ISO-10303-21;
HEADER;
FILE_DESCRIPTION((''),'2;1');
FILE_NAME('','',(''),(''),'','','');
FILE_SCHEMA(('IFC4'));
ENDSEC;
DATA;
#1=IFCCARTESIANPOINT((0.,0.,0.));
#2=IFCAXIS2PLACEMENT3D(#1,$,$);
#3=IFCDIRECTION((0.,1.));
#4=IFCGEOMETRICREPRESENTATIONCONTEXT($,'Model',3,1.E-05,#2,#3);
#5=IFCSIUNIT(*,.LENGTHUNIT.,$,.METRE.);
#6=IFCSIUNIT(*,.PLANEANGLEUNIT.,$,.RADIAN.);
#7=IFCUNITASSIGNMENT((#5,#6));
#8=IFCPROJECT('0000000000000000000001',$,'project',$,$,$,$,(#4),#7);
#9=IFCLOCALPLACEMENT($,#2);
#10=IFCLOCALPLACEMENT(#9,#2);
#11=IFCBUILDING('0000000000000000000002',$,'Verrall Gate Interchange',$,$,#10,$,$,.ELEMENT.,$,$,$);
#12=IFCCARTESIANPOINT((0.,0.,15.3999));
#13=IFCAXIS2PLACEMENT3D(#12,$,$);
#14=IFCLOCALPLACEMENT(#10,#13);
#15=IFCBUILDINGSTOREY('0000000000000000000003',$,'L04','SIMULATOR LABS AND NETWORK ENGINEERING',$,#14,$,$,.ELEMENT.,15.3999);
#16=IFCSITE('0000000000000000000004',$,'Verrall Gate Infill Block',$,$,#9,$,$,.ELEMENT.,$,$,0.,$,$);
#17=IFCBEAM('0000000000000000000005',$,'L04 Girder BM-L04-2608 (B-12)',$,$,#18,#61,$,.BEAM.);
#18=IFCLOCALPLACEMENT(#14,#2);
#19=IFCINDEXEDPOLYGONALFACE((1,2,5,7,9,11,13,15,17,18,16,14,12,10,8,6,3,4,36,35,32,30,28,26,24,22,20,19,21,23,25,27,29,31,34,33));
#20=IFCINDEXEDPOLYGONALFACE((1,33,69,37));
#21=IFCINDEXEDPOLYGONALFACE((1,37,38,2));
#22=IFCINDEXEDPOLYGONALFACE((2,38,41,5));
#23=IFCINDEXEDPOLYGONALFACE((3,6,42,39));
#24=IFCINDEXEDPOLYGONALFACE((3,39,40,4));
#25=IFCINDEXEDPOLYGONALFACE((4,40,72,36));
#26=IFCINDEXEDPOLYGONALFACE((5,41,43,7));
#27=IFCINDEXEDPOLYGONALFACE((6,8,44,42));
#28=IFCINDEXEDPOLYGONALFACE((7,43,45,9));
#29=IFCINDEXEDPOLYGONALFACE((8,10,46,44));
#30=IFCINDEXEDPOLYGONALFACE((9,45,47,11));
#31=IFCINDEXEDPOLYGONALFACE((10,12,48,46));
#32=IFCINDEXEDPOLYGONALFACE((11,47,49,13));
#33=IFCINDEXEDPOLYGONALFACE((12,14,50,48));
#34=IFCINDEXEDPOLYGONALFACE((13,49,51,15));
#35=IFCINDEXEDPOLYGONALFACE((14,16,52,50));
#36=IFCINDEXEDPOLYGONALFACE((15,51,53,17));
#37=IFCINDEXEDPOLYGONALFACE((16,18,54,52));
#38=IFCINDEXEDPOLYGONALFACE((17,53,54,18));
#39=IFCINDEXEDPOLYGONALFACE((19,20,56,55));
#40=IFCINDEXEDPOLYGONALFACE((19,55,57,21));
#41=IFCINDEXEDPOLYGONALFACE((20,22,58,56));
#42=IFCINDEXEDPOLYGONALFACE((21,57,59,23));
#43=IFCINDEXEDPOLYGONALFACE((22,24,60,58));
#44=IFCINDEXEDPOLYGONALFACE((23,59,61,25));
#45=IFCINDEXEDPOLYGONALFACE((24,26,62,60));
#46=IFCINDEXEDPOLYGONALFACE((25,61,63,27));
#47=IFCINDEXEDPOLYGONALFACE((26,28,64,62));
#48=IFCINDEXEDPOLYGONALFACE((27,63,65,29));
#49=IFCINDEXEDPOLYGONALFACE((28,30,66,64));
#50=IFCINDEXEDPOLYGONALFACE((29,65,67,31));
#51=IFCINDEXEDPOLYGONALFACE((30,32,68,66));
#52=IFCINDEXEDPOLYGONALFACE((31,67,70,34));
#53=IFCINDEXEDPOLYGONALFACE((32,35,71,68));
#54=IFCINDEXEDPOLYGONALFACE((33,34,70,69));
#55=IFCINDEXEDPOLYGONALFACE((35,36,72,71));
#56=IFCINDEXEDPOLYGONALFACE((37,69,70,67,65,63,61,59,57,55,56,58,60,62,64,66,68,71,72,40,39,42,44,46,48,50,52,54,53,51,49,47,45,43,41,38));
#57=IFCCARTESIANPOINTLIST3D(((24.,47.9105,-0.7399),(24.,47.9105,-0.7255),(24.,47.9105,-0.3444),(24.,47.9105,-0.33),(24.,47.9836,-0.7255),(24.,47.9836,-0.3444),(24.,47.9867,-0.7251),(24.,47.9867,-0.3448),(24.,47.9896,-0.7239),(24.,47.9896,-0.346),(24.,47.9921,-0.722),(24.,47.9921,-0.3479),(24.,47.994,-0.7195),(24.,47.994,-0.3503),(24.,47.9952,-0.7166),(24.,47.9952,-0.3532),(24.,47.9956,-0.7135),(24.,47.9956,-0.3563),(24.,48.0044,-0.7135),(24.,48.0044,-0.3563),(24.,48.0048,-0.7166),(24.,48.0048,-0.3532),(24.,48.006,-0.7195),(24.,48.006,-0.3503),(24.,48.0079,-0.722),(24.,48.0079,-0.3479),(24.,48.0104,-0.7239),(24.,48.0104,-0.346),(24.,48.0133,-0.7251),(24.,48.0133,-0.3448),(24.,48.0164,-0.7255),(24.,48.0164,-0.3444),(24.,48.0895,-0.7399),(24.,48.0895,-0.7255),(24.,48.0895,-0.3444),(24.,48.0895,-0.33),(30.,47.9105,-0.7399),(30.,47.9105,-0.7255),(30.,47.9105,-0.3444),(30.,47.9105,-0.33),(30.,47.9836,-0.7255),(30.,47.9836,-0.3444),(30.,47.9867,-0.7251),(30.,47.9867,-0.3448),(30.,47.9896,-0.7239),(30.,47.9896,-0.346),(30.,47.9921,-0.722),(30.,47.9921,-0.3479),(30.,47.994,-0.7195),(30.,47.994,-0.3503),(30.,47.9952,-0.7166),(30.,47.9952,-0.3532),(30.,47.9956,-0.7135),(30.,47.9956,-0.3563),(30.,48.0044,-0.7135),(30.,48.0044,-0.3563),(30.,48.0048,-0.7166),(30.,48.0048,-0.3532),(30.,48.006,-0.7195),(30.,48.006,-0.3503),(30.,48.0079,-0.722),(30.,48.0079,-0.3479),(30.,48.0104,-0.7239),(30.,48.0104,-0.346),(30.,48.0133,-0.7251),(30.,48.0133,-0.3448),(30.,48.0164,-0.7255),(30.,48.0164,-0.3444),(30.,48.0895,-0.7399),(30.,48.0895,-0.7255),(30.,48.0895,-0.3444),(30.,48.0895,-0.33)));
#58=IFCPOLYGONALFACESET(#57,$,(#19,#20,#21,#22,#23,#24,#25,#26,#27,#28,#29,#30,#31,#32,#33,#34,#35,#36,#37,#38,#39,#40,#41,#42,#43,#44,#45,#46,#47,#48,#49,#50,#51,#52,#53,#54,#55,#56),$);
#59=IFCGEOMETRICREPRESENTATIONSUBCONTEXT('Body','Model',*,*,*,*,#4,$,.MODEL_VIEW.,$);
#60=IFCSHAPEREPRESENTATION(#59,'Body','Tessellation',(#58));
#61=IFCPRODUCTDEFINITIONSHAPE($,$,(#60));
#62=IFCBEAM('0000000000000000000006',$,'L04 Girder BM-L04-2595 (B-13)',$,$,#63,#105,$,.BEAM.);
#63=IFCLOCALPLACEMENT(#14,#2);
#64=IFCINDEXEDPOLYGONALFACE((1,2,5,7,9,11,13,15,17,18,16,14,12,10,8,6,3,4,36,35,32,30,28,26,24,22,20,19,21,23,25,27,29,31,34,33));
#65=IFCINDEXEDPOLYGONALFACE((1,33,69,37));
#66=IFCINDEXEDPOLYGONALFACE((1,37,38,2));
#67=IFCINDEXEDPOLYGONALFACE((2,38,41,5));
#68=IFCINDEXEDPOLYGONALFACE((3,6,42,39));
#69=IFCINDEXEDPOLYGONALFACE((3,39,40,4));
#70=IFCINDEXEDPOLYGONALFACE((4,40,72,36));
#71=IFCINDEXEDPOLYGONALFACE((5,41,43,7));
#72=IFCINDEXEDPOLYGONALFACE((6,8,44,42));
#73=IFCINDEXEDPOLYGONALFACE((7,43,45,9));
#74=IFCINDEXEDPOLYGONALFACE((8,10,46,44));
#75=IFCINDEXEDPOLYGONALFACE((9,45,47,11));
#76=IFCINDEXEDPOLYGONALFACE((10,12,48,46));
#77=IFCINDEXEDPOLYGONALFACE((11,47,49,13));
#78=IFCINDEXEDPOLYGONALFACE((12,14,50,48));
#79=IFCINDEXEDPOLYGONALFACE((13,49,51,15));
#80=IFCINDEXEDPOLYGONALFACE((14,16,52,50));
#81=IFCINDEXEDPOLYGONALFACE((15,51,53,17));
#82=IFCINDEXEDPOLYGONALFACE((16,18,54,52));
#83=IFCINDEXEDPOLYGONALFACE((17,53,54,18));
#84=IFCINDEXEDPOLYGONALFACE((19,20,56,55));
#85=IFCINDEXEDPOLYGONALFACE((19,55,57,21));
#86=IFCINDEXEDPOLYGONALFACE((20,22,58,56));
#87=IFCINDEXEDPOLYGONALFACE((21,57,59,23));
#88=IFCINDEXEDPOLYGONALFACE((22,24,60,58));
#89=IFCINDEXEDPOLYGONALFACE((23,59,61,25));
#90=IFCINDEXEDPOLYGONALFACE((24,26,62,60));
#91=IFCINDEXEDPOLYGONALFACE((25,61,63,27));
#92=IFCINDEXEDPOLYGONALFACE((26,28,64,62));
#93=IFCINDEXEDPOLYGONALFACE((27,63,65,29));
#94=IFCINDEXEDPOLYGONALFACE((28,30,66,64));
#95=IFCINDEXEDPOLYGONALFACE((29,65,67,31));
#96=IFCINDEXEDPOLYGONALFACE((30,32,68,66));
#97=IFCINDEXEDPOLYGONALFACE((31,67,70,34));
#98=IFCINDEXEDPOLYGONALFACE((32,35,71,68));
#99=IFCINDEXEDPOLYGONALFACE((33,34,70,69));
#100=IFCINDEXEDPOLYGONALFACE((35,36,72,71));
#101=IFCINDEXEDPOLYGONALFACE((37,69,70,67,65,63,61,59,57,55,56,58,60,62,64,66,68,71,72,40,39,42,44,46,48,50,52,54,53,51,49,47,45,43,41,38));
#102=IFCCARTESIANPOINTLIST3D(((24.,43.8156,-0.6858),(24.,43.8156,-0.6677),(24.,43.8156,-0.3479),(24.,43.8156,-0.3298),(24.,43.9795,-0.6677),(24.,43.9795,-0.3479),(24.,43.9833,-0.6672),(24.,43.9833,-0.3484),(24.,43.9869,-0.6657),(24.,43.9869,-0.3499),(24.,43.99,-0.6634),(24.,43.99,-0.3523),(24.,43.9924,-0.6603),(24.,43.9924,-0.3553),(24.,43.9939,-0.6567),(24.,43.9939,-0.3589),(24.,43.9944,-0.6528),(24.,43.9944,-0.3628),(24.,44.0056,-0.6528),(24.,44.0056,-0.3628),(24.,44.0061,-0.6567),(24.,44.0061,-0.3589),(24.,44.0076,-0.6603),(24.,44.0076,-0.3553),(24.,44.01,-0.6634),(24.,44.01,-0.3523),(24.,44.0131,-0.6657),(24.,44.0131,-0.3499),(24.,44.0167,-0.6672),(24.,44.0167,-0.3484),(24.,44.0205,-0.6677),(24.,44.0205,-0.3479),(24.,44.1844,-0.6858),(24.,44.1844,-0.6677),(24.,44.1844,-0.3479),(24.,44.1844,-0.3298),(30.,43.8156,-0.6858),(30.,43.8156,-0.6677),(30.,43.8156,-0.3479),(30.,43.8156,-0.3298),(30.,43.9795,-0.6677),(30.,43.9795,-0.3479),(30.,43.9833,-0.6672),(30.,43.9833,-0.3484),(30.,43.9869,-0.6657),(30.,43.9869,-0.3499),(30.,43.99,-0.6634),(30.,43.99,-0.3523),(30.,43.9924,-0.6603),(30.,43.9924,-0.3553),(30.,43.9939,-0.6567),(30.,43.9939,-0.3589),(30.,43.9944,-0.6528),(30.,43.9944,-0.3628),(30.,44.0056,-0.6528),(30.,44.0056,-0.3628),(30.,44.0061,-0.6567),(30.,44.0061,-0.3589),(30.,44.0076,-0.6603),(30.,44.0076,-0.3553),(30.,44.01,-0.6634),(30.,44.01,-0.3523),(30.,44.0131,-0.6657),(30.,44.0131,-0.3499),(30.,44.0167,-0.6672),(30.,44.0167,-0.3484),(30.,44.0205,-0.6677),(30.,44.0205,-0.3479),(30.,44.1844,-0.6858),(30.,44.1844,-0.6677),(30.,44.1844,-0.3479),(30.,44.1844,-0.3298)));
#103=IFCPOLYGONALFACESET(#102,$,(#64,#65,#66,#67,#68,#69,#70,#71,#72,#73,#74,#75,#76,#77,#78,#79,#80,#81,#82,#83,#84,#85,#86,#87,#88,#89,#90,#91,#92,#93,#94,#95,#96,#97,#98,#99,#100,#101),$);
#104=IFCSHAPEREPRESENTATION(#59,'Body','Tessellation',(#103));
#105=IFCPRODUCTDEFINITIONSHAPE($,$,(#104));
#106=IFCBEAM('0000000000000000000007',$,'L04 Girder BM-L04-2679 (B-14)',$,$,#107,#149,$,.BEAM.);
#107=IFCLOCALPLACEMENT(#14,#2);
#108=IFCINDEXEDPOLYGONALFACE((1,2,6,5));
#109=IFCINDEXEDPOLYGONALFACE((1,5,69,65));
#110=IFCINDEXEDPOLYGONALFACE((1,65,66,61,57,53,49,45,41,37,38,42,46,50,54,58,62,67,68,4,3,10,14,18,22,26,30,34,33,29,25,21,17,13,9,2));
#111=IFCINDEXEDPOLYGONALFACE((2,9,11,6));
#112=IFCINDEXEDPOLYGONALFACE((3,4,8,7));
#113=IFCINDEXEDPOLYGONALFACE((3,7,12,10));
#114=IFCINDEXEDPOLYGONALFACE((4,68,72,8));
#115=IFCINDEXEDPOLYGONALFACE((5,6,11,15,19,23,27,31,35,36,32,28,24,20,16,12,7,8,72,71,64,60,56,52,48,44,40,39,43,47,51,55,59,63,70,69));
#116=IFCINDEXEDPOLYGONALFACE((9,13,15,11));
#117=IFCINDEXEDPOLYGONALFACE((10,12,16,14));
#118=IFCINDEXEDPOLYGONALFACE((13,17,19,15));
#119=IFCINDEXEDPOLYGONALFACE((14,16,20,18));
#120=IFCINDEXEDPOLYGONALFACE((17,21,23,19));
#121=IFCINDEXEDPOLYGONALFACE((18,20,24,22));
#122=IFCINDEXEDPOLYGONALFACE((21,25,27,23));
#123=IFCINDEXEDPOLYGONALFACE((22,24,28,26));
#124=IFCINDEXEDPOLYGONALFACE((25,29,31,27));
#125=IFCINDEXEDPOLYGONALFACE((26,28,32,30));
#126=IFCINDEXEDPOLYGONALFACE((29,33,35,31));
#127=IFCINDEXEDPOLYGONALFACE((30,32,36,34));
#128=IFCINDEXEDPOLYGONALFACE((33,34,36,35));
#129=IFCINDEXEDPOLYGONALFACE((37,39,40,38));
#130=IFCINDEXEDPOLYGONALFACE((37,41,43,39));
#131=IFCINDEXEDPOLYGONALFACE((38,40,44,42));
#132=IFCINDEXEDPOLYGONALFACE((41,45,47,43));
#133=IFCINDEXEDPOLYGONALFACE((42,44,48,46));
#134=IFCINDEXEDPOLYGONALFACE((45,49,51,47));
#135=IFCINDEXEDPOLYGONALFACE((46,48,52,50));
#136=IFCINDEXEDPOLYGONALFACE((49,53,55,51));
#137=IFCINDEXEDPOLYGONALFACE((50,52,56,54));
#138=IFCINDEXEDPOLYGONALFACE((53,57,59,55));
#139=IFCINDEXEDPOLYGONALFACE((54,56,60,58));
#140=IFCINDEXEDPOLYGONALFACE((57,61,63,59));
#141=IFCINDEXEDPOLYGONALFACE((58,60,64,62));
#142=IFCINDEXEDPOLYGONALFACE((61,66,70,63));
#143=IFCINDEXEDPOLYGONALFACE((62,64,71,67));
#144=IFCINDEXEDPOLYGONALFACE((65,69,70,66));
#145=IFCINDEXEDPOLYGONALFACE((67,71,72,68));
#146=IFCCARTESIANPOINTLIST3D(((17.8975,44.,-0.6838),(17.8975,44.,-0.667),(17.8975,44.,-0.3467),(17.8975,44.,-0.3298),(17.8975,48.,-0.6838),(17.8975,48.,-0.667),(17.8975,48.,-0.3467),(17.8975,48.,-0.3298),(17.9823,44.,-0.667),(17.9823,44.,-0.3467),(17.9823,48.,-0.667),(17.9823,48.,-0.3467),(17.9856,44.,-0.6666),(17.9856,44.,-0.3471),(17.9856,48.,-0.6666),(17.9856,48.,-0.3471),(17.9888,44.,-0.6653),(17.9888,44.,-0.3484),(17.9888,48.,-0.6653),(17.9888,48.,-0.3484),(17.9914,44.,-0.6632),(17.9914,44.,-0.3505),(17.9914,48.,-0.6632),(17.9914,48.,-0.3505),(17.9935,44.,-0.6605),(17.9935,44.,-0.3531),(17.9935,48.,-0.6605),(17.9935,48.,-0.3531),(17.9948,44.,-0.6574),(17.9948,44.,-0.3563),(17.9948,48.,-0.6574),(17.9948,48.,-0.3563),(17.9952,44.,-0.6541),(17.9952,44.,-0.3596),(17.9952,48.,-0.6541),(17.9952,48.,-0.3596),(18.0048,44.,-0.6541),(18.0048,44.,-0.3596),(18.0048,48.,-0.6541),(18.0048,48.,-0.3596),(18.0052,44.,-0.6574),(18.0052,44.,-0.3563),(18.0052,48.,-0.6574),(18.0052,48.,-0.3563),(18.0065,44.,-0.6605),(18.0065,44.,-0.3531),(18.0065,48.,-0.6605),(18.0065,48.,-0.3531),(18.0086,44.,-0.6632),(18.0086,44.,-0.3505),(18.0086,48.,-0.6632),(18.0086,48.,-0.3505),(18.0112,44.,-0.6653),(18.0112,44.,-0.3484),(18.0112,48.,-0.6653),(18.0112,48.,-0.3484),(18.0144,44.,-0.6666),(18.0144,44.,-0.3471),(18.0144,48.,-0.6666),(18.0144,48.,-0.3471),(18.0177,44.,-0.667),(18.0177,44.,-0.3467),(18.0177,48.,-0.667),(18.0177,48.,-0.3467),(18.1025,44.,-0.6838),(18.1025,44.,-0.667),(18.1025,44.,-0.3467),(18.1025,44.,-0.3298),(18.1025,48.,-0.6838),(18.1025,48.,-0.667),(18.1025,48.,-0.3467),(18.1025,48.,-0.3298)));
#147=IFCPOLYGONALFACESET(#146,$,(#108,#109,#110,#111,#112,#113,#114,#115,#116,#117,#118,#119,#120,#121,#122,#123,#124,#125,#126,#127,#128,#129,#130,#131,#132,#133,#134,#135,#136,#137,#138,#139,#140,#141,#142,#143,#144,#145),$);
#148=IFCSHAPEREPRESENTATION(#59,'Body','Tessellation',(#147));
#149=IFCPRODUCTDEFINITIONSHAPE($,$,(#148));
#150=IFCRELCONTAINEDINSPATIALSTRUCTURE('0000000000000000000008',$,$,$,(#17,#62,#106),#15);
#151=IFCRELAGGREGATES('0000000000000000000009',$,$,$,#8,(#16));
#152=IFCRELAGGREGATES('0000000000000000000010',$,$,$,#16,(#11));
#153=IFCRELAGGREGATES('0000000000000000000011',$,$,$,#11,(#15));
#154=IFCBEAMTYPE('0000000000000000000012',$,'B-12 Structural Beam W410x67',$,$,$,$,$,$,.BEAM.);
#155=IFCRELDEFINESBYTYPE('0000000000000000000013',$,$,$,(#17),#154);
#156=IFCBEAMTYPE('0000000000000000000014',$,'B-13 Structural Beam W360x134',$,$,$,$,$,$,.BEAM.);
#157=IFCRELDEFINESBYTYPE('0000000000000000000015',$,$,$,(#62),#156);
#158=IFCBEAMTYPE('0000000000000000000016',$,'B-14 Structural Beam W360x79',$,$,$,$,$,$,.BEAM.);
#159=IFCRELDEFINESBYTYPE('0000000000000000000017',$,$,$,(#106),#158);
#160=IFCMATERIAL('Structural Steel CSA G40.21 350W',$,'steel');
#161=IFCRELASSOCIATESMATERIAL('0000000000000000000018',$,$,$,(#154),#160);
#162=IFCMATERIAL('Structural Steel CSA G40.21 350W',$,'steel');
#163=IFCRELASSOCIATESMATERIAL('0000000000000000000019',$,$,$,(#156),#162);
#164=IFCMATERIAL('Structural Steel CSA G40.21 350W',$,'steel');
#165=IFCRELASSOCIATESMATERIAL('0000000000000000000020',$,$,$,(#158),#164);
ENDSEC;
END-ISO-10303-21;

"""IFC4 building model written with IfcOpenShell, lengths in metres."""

from ifc_helpers import new_model, si_unit, direction, frame, origin, origin_2d, place, context, subcontext, project, spatial, i_section, extrude, material, material_profile, profile_set, type_object, element, save


model = new_model("IFC4")

# Units and contexts
model_context = context("Model", 3, precision=1e-05, world=origin(), true_north=direction((0.0, 1.0)))
body_context = subcontext(model_context, "Body", "Model", "MODEL_VIEW")
ifc_project = project(units=[si_unit("LENGTHUNIT", "METRE"), si_unit("PLANEANGLEUNIT", "RADIAN")], contexts=[model_context])

# Site, building, storey
site_placement = place(None, origin())
site = spatial("IfcSite", under=ifc_project, at=site_placement, Name="Verrall Gate Infill Block", CompositionType="ELEMENT", RefElevation=0.0)
building_placement = place(site_placement, origin())
building = spatial("IfcBuilding", under=site, at=building_placement, Name="Verrall Gate Interchange", CompositionType="ELEMENT")
storey_placement = place(building_placement, frame((0.0, 0.0, 15.3999)))
storey = spatial("IfcBuildingStorey", under=building, at=storey_placement, Name="L04", Description="SIMULATOR LABS AND NETWORK ENGINEERING", CompositionType="ELEMENT", Elevation=15.3999)

# Beams
ifc_material_1 = material(Name="Structural Steel CSA G40.21 350W", Category="steel")
ifc_material_profile_1 = material_profile(ifc_material_1, i_section(OverallWidth=0.179, OverallDepth=0.4099, WebThickness=0.0088, FlangeThickness=0.0144, FilletRadius=0.012, at=origin_2d()), Name="W410x67")
ifc_profile_set_1 = profile_set([ifc_material_profile_1], Name="Structural Steel CSA G40.21 350W")
beam_type_1 = type_object("IfcBeamType", Name="B-12 Structural Beam W410x67", PredefinedType="BEAM", material=ifc_profile_set_1)
for number, where, z_axis, x_axis, name in (
    (1, (24.0, 48.0, -0.5349), (1.0, 0.0, 0.0), (0.0, 1.0, 0.0), "L04 Girder BM-L04-2608 (B-12)"),
):
    element("IfcBeam", number, at=place(storey_placement, frame(where, z_axis=z_axis, x_axis=x_axis)), inside=storey, type_object=beam_type_1, Name=name, PredefinedType="BEAM", context=body_context, shape_type="SweptSolid", body=[
        extrude(i_section(OverallWidth=0.179, OverallDepth=0.4099, WebThickness=0.0088, FlangeThickness=0.0144, FilletRadius=0.012, at=origin_2d()), origin(), (0.0, 0.0, 1.0), 6.0),
    ])
ifc_material_2 = material(Name="Structural Steel CSA G40.21 350W", Category="steel")
ifc_material_profile_2 = material_profile(ifc_material_2, i_section(OverallWidth=0.3689, OverallDepth=0.356, WebThickness=0.0112, FlangeThickness=0.0181, FilletRadius=0.0149, at=origin_2d()), Name="W360x134")
ifc_profile_set_2 = profile_set([ifc_material_profile_2], Name="Structural Steel CSA G40.21 350W")
beam_type_2 = type_object("IfcBeamType", Name="B-13 Structural Beam W360x134", PredefinedType="BEAM", material=ifc_profile_set_2)
beam_1_placement = place(storey_placement, frame((24.0, 44.0, -0.5078), z_axis=(1.0, 0.0, 0.0), x_axis=(0.0, 1.0, 0.0)))
element("IfcBeam", 2, at=beam_1_placement, inside=storey, type_object=beam_type_2, Name="L04 Girder BM-L04-2595 (B-13)", PredefinedType="BEAM", context=body_context, shape_type="SweptSolid", body=[
    extrude(i_section(OverallWidth=0.3689, OverallDepth=0.356, WebThickness=0.0112, FlangeThickness=0.0181, FilletRadius=0.0149, at=origin_2d()), origin(), (0.0, 0.0, 1.0), 6.0),
])
ifc_material_3 = material(Name="Structural Steel CSA G40.21 350W", Category="steel")
ifc_material_profile_3 = material_profile(ifc_material_3, i_section(OverallWidth=0.2051, OverallDepth=0.354, WebThickness=0.0095, FlangeThickness=0.0168, FilletRadius=0.0129, at=origin_2d()), Name="W360x79")
ifc_profile_set_3 = profile_set([ifc_material_profile_3], Name="Structural Steel CSA G40.21 350W")
beam_type_3 = type_object("IfcBeamType", Name="B-14 Structural Beam W360x79", PredefinedType="BEAM", material=ifc_profile_set_3)
beam_2_placement = place(storey_placement, frame((18.0, 44.0, -0.5068), z_axis=(0.0, 1.0, 0.0), x_axis=(-1.0, 0.0, 0.0)))
element("IfcBeam", 3, at=beam_2_placement, inside=storey, type_object=beam_type_3, Name="L04 Girder BM-L04-2679 (B-14)", PredefinedType="BEAM", context=body_context, shape_type="SweptSolid", body=[
    extrude(i_section(OverallWidth=0.2051, OverallDepth=0.354, WebThickness=0.0095, FlangeThickness=0.0168, FilletRadius=0.0129, at=origin_2d()), origin(), (0.0, 0.0, 1.0), 4.0),
])

save(model, "model.ifc")
